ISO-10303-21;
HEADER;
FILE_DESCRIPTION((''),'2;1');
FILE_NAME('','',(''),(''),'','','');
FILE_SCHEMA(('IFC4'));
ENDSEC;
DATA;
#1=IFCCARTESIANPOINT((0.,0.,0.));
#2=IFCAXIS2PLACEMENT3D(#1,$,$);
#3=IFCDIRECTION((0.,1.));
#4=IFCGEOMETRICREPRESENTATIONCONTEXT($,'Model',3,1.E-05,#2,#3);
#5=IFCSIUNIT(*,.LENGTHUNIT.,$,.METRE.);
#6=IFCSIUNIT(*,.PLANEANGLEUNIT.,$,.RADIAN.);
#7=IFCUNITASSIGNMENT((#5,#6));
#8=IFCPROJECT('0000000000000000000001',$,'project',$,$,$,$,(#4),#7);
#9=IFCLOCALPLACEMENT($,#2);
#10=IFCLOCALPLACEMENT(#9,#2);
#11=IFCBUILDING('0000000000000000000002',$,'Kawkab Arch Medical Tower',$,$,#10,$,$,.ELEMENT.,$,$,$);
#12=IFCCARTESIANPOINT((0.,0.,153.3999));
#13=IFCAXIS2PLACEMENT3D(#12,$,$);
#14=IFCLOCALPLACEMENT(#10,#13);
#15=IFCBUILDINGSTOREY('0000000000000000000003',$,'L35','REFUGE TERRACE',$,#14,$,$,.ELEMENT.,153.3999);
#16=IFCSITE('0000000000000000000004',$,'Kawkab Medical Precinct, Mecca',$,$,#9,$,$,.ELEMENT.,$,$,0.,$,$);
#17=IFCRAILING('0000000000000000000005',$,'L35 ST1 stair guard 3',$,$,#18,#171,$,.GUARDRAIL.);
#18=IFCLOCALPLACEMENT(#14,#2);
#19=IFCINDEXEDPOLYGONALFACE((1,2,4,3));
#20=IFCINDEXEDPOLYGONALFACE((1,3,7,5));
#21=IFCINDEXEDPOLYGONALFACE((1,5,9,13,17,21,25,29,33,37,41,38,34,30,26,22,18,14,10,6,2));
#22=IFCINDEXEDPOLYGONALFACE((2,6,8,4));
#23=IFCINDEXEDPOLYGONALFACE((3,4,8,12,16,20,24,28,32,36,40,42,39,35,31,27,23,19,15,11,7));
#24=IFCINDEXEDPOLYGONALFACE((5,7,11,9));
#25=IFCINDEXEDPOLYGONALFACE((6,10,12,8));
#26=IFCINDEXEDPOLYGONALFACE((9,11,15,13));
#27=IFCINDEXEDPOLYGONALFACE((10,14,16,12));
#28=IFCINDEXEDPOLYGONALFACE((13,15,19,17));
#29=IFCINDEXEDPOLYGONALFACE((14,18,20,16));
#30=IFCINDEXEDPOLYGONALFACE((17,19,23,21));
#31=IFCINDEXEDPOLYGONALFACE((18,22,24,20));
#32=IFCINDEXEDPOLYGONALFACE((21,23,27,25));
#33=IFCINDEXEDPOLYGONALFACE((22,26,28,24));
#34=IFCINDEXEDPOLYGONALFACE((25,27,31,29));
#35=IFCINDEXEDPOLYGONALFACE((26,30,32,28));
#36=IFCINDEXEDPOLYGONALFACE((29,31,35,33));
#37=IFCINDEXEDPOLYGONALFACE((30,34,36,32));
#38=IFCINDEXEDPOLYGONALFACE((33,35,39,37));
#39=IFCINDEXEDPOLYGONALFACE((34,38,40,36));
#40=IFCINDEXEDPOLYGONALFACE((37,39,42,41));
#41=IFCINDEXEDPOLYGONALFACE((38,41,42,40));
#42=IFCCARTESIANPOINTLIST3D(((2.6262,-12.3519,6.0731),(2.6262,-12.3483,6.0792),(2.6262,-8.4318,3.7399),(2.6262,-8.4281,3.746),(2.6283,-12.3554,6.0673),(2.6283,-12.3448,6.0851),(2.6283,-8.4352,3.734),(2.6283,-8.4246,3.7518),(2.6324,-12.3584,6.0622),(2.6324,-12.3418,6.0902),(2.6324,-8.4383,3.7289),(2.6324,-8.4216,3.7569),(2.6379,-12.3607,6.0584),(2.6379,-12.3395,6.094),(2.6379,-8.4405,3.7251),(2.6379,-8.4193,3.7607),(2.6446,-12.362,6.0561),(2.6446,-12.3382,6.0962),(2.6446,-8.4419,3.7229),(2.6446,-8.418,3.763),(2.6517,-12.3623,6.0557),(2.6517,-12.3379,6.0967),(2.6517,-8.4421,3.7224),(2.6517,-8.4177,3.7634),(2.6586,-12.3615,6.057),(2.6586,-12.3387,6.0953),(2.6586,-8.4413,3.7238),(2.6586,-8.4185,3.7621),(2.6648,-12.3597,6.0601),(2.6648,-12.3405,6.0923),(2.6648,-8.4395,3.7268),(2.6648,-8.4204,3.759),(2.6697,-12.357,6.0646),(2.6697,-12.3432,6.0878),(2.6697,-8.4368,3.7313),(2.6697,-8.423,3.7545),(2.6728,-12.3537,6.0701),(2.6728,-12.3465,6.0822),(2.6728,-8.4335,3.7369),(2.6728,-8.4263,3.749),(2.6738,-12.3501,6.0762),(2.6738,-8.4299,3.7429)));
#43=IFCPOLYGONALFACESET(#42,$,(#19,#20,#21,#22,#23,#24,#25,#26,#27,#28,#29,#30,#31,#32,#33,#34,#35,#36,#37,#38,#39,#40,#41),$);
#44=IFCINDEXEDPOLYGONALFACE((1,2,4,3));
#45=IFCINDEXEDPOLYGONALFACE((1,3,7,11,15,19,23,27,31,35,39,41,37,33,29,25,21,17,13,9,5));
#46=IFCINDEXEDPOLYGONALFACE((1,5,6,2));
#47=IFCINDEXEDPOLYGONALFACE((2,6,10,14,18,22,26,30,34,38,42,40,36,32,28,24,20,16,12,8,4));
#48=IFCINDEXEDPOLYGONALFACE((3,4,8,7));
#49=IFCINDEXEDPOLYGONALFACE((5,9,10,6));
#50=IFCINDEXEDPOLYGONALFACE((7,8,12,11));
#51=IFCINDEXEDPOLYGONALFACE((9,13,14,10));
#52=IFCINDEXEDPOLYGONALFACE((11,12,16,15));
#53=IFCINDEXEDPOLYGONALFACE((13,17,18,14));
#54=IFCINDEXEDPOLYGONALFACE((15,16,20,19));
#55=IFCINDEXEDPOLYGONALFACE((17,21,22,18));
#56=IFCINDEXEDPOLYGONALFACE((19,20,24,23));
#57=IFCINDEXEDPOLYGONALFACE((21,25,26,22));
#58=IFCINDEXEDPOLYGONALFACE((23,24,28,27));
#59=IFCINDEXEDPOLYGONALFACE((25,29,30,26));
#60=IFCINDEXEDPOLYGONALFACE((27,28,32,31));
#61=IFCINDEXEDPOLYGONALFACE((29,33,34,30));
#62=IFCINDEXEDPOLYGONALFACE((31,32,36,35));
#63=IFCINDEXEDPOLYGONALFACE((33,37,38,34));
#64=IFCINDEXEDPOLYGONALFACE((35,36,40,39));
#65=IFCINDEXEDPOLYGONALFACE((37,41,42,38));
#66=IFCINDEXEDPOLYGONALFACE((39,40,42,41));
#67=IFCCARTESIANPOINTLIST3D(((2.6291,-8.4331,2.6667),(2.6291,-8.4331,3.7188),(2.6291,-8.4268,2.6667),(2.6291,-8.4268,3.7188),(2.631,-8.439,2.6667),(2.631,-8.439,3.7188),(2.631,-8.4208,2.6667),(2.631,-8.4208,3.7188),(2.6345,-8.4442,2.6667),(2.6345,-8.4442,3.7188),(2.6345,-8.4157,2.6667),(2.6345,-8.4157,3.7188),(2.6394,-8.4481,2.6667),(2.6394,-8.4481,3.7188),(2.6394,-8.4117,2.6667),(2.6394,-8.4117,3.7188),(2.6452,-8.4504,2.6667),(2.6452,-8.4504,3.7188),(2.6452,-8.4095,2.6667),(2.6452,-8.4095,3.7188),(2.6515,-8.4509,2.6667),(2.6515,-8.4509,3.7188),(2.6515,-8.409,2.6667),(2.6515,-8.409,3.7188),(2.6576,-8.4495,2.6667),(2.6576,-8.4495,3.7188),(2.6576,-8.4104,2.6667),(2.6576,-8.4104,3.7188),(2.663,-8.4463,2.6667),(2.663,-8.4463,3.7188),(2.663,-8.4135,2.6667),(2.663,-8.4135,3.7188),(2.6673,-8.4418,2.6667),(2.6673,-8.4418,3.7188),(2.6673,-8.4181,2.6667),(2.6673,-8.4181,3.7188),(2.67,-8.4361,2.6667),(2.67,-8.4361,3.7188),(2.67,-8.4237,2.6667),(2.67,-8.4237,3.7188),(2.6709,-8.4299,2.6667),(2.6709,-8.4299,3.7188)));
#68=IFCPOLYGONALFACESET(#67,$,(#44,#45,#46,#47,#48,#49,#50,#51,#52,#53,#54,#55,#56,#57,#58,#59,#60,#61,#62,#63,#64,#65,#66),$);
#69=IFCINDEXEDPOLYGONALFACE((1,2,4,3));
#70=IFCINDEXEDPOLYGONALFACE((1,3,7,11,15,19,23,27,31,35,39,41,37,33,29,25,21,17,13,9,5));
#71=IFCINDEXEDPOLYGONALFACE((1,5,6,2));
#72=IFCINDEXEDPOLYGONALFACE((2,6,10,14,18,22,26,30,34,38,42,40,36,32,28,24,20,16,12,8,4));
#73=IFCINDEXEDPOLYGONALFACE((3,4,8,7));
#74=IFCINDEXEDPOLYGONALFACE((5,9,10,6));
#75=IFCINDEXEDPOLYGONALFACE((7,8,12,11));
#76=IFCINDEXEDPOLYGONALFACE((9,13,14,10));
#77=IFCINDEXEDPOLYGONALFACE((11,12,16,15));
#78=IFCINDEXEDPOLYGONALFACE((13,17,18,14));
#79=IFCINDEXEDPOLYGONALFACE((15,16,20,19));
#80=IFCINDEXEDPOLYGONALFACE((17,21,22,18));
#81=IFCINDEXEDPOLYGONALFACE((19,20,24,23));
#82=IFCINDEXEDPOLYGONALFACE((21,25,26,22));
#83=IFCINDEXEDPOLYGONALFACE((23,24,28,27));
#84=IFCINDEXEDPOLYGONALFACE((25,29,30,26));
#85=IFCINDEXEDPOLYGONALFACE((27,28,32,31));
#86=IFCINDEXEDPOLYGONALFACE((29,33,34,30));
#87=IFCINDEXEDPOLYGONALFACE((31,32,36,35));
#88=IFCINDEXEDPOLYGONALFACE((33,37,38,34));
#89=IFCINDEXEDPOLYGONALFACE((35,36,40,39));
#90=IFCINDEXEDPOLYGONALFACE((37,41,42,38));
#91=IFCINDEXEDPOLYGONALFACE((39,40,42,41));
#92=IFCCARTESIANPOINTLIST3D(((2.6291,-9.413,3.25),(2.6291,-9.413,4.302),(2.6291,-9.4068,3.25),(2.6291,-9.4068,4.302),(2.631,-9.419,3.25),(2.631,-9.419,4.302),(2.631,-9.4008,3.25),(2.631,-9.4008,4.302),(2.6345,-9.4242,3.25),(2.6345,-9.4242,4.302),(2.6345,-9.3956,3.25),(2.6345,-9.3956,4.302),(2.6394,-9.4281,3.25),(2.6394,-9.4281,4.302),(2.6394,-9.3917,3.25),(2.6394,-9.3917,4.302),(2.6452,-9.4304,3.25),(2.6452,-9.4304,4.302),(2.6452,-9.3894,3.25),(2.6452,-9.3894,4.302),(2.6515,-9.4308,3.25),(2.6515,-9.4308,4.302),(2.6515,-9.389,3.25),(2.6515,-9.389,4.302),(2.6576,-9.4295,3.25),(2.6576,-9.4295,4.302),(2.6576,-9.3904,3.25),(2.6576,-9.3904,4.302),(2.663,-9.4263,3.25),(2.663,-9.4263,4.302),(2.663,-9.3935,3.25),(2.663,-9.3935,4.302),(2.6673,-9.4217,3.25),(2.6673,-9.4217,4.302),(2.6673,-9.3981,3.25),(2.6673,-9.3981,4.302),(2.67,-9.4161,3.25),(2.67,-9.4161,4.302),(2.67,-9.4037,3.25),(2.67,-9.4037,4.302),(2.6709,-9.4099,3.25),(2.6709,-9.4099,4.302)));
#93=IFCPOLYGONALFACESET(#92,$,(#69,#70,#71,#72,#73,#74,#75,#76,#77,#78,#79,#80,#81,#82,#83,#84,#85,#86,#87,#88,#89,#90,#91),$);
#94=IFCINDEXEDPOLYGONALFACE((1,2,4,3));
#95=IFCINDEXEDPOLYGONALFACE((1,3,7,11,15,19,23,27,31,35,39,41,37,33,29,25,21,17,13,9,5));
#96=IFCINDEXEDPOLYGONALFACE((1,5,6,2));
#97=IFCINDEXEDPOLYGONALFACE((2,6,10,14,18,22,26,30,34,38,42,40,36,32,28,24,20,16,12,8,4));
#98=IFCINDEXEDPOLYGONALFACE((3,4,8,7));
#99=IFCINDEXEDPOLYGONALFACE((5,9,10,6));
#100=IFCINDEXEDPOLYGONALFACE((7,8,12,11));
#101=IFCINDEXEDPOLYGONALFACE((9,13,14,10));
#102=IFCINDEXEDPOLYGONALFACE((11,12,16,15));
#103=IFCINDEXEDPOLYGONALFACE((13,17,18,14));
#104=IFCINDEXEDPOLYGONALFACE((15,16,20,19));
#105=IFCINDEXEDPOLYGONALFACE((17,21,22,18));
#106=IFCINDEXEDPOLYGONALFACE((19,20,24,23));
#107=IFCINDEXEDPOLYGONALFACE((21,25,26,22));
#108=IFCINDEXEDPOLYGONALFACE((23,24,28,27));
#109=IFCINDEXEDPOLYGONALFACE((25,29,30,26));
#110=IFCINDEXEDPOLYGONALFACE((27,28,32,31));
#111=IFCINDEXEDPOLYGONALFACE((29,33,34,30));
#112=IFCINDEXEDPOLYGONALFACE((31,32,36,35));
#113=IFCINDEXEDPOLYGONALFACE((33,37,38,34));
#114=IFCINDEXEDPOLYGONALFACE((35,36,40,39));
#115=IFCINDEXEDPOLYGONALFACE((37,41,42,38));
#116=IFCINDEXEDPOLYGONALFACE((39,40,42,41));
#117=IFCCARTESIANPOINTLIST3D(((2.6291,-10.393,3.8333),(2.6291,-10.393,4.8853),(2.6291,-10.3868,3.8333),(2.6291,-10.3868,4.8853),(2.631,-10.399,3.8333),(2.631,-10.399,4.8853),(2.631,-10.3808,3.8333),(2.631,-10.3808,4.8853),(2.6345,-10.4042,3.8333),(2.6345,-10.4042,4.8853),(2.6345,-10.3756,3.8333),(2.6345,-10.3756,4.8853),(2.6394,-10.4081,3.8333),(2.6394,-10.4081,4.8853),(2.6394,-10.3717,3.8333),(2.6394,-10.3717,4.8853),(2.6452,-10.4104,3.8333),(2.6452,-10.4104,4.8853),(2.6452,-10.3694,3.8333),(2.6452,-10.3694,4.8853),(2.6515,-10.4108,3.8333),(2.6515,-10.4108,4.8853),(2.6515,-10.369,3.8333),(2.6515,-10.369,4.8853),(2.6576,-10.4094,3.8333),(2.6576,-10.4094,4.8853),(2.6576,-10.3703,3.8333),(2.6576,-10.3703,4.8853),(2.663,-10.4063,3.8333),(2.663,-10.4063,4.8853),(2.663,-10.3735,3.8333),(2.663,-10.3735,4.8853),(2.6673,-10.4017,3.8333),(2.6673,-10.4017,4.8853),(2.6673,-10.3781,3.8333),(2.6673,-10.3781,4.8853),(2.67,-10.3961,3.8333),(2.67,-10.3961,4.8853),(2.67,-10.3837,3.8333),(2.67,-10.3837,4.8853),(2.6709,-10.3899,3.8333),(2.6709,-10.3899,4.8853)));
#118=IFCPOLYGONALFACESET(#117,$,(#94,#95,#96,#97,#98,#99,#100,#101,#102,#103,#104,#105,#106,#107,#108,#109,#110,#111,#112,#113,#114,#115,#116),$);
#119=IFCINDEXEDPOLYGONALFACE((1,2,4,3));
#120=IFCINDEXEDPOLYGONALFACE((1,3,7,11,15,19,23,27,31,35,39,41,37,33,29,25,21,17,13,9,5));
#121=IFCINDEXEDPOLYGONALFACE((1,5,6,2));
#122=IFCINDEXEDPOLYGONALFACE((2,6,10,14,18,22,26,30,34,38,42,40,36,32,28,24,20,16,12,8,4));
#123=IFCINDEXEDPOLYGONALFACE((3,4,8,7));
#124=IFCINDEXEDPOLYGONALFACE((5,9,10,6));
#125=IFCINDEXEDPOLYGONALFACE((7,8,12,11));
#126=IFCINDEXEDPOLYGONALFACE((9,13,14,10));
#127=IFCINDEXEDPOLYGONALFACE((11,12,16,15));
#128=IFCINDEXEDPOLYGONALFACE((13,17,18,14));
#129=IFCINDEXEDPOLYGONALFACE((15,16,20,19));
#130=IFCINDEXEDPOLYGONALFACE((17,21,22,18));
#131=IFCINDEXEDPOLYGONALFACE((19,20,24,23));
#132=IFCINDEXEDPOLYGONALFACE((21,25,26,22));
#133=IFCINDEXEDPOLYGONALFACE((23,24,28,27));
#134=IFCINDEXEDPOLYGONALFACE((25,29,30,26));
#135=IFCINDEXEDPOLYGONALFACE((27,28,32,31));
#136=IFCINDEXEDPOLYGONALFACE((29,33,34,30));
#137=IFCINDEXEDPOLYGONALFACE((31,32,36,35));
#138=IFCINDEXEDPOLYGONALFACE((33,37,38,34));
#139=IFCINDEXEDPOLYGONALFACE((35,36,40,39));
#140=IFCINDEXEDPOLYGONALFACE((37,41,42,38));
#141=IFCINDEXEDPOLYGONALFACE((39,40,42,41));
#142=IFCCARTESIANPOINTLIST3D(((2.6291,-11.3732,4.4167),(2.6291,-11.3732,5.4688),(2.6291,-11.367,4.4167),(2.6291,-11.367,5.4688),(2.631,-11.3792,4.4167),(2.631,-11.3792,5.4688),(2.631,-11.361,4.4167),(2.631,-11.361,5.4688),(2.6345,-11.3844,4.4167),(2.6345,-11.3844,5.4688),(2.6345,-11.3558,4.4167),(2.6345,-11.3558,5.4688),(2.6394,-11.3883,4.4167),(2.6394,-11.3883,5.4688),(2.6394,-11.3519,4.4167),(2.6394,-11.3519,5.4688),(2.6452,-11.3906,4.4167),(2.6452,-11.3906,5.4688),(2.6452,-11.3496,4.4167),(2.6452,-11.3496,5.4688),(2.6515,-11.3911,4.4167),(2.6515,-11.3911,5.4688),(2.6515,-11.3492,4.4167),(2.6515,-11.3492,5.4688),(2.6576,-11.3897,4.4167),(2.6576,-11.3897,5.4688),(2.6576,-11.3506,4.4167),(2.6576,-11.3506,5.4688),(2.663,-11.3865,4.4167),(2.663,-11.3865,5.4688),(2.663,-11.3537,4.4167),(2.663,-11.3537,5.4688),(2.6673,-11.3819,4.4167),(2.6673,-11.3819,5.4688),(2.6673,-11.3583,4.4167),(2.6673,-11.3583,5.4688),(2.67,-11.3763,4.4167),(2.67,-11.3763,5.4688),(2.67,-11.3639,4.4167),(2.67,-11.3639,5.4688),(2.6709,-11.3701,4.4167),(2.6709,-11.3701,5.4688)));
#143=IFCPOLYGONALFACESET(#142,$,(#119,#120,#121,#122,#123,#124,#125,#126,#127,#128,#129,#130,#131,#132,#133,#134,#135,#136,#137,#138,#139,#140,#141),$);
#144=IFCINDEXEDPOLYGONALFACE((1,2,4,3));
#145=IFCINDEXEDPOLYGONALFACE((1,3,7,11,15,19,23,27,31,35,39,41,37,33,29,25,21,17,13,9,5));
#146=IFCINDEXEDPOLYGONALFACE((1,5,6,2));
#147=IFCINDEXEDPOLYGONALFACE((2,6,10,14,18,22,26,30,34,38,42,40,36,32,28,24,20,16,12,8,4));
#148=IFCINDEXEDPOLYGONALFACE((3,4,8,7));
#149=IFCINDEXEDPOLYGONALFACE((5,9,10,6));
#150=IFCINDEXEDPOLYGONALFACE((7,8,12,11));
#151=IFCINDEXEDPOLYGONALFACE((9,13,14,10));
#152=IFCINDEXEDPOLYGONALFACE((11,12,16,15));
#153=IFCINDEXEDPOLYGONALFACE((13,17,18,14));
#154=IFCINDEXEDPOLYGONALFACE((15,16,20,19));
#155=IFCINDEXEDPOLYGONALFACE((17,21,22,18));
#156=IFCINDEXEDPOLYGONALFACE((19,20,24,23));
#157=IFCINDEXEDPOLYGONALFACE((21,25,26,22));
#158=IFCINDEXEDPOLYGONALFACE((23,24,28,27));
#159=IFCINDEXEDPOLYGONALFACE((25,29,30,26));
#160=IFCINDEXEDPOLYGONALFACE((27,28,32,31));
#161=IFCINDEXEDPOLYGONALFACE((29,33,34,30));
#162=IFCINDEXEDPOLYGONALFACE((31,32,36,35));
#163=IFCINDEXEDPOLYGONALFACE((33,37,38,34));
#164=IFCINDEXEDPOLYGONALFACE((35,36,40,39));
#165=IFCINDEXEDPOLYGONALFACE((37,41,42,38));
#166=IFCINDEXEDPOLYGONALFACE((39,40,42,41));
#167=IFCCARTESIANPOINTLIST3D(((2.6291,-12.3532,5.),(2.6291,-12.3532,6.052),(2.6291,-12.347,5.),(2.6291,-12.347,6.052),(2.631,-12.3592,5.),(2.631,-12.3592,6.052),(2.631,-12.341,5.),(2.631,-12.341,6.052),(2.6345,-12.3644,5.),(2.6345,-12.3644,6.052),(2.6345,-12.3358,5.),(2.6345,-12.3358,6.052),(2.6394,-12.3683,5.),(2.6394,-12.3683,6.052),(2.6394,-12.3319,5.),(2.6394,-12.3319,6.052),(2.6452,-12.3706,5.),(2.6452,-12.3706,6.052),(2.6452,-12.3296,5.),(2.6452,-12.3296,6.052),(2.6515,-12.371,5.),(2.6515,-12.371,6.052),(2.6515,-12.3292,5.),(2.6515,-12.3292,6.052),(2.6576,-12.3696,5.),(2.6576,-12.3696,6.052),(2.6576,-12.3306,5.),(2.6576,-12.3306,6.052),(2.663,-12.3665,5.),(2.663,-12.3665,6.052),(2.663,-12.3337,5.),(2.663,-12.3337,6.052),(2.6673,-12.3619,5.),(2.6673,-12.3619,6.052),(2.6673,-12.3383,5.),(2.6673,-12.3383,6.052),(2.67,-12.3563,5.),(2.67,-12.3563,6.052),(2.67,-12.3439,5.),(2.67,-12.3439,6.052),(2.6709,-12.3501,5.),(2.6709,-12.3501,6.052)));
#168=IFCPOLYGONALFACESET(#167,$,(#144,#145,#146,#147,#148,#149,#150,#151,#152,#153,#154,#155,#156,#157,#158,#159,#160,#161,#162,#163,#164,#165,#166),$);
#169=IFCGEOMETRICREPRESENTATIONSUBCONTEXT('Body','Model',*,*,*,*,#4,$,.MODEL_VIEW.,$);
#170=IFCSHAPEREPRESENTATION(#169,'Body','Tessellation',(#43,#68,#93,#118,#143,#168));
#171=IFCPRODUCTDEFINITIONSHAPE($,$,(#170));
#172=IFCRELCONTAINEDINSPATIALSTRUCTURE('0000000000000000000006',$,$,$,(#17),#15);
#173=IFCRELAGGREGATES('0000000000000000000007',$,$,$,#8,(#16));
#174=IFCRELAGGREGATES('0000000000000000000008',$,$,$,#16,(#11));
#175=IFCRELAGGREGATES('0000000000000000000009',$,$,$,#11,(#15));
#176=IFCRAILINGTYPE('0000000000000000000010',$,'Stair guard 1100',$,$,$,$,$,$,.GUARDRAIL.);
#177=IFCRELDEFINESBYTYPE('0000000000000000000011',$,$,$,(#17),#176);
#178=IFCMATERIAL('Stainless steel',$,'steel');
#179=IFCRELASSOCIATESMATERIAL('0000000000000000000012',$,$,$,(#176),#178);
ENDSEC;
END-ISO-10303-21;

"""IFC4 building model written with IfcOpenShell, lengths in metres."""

from ifc_helpers import new_model, si_unit, direction, frame, origin, origin_2d, place, context, subcontext, project, spatial, circle, extrude, material, type_object, element, save


model = new_model("IFC4")

# Units and contexts
model_context = context("Model", 3, precision=1e-05, world=origin(), true_north=direction((0.0, 1.0)))
body_context = subcontext(model_context, "Body", "Model", "MODEL_VIEW")
ifc_project = project(units=[si_unit("LENGTHUNIT", "METRE"), si_unit("PLANEANGLEUNIT", "RADIAN")], contexts=[model_context])

# Site, building, storey
site_placement = place(None, origin())
site = spatial("IfcSite", under=ifc_project, at=site_placement, Name="Kawkab Medical Precinct, Mecca", CompositionType="ELEMENT", RefElevation=0.0)
building_placement = place(site_placement, origin())
building = spatial("IfcBuilding", under=site, at=building_placement, Name="Kawkab Arch Medical Tower", CompositionType="ELEMENT")
storey_placement = place(building_placement, frame((0.0, 0.0, 153.3999)))
storey = spatial("IfcBuildingStorey", under=building, at=storey_placement, Name="L35", Description="REFUGE TERRACE", CompositionType="ELEMENT", Elevation=153.3999)

# Railing
ifc_material_1 = material(Name="Stainless steel", Category="steel")
railing_type_1 = type_object("IfcRailingType", Name="Stair guard 1100", PredefinedType="GUARDRAIL", material=ifc_material_1)
railing_1_placement = place(storey_placement, frame((2.6499, -8.4299, 2.6667)))
element("IfcRailing", 1, at=railing_1_placement, inside=storey, type_object=railing_type_1, Name="L35 ST1 stair guard 3", PredefinedType="GUARDRAIL", context=body_context, shape_type="SweptSolid", body=[
    extrude(circle(Radius=0.0239, at=origin_2d()), frame((0.0, 0.0, 1.0762), z_axis=(0.0, -0.85931, 0.511455), x_axis=(1.0, 0.0, 0.0)), (0.0, 0.0, 1.0), 4.562),
    extrude(circle(Radius=0.021, at=origin_2d()), origin(), (0.0, 0.0, 1.0), 1.052),
    extrude(circle(Radius=0.021, at=origin_2d()), frame((0.0, -0.98, 0.5833)), (0.0, 0.0, 1.0), 1.052),
    extrude(circle(Radius=0.021, at=origin_2d()), frame((0.0, -1.96, 1.1665)), (0.0, 0.0, 1.0), 1.052),
    extrude(circle(Radius=0.021, at=origin_2d()), frame((0.0, -2.9402, 1.75)), (0.0, 0.0, 1.0), 1.052),
    extrude(circle(Radius=0.021, at=origin_2d()), frame((0.0, -3.9202, 2.3333)), (0.0, 0.0, 1.0), 1.052),
])

save(model, "model.ifc")
